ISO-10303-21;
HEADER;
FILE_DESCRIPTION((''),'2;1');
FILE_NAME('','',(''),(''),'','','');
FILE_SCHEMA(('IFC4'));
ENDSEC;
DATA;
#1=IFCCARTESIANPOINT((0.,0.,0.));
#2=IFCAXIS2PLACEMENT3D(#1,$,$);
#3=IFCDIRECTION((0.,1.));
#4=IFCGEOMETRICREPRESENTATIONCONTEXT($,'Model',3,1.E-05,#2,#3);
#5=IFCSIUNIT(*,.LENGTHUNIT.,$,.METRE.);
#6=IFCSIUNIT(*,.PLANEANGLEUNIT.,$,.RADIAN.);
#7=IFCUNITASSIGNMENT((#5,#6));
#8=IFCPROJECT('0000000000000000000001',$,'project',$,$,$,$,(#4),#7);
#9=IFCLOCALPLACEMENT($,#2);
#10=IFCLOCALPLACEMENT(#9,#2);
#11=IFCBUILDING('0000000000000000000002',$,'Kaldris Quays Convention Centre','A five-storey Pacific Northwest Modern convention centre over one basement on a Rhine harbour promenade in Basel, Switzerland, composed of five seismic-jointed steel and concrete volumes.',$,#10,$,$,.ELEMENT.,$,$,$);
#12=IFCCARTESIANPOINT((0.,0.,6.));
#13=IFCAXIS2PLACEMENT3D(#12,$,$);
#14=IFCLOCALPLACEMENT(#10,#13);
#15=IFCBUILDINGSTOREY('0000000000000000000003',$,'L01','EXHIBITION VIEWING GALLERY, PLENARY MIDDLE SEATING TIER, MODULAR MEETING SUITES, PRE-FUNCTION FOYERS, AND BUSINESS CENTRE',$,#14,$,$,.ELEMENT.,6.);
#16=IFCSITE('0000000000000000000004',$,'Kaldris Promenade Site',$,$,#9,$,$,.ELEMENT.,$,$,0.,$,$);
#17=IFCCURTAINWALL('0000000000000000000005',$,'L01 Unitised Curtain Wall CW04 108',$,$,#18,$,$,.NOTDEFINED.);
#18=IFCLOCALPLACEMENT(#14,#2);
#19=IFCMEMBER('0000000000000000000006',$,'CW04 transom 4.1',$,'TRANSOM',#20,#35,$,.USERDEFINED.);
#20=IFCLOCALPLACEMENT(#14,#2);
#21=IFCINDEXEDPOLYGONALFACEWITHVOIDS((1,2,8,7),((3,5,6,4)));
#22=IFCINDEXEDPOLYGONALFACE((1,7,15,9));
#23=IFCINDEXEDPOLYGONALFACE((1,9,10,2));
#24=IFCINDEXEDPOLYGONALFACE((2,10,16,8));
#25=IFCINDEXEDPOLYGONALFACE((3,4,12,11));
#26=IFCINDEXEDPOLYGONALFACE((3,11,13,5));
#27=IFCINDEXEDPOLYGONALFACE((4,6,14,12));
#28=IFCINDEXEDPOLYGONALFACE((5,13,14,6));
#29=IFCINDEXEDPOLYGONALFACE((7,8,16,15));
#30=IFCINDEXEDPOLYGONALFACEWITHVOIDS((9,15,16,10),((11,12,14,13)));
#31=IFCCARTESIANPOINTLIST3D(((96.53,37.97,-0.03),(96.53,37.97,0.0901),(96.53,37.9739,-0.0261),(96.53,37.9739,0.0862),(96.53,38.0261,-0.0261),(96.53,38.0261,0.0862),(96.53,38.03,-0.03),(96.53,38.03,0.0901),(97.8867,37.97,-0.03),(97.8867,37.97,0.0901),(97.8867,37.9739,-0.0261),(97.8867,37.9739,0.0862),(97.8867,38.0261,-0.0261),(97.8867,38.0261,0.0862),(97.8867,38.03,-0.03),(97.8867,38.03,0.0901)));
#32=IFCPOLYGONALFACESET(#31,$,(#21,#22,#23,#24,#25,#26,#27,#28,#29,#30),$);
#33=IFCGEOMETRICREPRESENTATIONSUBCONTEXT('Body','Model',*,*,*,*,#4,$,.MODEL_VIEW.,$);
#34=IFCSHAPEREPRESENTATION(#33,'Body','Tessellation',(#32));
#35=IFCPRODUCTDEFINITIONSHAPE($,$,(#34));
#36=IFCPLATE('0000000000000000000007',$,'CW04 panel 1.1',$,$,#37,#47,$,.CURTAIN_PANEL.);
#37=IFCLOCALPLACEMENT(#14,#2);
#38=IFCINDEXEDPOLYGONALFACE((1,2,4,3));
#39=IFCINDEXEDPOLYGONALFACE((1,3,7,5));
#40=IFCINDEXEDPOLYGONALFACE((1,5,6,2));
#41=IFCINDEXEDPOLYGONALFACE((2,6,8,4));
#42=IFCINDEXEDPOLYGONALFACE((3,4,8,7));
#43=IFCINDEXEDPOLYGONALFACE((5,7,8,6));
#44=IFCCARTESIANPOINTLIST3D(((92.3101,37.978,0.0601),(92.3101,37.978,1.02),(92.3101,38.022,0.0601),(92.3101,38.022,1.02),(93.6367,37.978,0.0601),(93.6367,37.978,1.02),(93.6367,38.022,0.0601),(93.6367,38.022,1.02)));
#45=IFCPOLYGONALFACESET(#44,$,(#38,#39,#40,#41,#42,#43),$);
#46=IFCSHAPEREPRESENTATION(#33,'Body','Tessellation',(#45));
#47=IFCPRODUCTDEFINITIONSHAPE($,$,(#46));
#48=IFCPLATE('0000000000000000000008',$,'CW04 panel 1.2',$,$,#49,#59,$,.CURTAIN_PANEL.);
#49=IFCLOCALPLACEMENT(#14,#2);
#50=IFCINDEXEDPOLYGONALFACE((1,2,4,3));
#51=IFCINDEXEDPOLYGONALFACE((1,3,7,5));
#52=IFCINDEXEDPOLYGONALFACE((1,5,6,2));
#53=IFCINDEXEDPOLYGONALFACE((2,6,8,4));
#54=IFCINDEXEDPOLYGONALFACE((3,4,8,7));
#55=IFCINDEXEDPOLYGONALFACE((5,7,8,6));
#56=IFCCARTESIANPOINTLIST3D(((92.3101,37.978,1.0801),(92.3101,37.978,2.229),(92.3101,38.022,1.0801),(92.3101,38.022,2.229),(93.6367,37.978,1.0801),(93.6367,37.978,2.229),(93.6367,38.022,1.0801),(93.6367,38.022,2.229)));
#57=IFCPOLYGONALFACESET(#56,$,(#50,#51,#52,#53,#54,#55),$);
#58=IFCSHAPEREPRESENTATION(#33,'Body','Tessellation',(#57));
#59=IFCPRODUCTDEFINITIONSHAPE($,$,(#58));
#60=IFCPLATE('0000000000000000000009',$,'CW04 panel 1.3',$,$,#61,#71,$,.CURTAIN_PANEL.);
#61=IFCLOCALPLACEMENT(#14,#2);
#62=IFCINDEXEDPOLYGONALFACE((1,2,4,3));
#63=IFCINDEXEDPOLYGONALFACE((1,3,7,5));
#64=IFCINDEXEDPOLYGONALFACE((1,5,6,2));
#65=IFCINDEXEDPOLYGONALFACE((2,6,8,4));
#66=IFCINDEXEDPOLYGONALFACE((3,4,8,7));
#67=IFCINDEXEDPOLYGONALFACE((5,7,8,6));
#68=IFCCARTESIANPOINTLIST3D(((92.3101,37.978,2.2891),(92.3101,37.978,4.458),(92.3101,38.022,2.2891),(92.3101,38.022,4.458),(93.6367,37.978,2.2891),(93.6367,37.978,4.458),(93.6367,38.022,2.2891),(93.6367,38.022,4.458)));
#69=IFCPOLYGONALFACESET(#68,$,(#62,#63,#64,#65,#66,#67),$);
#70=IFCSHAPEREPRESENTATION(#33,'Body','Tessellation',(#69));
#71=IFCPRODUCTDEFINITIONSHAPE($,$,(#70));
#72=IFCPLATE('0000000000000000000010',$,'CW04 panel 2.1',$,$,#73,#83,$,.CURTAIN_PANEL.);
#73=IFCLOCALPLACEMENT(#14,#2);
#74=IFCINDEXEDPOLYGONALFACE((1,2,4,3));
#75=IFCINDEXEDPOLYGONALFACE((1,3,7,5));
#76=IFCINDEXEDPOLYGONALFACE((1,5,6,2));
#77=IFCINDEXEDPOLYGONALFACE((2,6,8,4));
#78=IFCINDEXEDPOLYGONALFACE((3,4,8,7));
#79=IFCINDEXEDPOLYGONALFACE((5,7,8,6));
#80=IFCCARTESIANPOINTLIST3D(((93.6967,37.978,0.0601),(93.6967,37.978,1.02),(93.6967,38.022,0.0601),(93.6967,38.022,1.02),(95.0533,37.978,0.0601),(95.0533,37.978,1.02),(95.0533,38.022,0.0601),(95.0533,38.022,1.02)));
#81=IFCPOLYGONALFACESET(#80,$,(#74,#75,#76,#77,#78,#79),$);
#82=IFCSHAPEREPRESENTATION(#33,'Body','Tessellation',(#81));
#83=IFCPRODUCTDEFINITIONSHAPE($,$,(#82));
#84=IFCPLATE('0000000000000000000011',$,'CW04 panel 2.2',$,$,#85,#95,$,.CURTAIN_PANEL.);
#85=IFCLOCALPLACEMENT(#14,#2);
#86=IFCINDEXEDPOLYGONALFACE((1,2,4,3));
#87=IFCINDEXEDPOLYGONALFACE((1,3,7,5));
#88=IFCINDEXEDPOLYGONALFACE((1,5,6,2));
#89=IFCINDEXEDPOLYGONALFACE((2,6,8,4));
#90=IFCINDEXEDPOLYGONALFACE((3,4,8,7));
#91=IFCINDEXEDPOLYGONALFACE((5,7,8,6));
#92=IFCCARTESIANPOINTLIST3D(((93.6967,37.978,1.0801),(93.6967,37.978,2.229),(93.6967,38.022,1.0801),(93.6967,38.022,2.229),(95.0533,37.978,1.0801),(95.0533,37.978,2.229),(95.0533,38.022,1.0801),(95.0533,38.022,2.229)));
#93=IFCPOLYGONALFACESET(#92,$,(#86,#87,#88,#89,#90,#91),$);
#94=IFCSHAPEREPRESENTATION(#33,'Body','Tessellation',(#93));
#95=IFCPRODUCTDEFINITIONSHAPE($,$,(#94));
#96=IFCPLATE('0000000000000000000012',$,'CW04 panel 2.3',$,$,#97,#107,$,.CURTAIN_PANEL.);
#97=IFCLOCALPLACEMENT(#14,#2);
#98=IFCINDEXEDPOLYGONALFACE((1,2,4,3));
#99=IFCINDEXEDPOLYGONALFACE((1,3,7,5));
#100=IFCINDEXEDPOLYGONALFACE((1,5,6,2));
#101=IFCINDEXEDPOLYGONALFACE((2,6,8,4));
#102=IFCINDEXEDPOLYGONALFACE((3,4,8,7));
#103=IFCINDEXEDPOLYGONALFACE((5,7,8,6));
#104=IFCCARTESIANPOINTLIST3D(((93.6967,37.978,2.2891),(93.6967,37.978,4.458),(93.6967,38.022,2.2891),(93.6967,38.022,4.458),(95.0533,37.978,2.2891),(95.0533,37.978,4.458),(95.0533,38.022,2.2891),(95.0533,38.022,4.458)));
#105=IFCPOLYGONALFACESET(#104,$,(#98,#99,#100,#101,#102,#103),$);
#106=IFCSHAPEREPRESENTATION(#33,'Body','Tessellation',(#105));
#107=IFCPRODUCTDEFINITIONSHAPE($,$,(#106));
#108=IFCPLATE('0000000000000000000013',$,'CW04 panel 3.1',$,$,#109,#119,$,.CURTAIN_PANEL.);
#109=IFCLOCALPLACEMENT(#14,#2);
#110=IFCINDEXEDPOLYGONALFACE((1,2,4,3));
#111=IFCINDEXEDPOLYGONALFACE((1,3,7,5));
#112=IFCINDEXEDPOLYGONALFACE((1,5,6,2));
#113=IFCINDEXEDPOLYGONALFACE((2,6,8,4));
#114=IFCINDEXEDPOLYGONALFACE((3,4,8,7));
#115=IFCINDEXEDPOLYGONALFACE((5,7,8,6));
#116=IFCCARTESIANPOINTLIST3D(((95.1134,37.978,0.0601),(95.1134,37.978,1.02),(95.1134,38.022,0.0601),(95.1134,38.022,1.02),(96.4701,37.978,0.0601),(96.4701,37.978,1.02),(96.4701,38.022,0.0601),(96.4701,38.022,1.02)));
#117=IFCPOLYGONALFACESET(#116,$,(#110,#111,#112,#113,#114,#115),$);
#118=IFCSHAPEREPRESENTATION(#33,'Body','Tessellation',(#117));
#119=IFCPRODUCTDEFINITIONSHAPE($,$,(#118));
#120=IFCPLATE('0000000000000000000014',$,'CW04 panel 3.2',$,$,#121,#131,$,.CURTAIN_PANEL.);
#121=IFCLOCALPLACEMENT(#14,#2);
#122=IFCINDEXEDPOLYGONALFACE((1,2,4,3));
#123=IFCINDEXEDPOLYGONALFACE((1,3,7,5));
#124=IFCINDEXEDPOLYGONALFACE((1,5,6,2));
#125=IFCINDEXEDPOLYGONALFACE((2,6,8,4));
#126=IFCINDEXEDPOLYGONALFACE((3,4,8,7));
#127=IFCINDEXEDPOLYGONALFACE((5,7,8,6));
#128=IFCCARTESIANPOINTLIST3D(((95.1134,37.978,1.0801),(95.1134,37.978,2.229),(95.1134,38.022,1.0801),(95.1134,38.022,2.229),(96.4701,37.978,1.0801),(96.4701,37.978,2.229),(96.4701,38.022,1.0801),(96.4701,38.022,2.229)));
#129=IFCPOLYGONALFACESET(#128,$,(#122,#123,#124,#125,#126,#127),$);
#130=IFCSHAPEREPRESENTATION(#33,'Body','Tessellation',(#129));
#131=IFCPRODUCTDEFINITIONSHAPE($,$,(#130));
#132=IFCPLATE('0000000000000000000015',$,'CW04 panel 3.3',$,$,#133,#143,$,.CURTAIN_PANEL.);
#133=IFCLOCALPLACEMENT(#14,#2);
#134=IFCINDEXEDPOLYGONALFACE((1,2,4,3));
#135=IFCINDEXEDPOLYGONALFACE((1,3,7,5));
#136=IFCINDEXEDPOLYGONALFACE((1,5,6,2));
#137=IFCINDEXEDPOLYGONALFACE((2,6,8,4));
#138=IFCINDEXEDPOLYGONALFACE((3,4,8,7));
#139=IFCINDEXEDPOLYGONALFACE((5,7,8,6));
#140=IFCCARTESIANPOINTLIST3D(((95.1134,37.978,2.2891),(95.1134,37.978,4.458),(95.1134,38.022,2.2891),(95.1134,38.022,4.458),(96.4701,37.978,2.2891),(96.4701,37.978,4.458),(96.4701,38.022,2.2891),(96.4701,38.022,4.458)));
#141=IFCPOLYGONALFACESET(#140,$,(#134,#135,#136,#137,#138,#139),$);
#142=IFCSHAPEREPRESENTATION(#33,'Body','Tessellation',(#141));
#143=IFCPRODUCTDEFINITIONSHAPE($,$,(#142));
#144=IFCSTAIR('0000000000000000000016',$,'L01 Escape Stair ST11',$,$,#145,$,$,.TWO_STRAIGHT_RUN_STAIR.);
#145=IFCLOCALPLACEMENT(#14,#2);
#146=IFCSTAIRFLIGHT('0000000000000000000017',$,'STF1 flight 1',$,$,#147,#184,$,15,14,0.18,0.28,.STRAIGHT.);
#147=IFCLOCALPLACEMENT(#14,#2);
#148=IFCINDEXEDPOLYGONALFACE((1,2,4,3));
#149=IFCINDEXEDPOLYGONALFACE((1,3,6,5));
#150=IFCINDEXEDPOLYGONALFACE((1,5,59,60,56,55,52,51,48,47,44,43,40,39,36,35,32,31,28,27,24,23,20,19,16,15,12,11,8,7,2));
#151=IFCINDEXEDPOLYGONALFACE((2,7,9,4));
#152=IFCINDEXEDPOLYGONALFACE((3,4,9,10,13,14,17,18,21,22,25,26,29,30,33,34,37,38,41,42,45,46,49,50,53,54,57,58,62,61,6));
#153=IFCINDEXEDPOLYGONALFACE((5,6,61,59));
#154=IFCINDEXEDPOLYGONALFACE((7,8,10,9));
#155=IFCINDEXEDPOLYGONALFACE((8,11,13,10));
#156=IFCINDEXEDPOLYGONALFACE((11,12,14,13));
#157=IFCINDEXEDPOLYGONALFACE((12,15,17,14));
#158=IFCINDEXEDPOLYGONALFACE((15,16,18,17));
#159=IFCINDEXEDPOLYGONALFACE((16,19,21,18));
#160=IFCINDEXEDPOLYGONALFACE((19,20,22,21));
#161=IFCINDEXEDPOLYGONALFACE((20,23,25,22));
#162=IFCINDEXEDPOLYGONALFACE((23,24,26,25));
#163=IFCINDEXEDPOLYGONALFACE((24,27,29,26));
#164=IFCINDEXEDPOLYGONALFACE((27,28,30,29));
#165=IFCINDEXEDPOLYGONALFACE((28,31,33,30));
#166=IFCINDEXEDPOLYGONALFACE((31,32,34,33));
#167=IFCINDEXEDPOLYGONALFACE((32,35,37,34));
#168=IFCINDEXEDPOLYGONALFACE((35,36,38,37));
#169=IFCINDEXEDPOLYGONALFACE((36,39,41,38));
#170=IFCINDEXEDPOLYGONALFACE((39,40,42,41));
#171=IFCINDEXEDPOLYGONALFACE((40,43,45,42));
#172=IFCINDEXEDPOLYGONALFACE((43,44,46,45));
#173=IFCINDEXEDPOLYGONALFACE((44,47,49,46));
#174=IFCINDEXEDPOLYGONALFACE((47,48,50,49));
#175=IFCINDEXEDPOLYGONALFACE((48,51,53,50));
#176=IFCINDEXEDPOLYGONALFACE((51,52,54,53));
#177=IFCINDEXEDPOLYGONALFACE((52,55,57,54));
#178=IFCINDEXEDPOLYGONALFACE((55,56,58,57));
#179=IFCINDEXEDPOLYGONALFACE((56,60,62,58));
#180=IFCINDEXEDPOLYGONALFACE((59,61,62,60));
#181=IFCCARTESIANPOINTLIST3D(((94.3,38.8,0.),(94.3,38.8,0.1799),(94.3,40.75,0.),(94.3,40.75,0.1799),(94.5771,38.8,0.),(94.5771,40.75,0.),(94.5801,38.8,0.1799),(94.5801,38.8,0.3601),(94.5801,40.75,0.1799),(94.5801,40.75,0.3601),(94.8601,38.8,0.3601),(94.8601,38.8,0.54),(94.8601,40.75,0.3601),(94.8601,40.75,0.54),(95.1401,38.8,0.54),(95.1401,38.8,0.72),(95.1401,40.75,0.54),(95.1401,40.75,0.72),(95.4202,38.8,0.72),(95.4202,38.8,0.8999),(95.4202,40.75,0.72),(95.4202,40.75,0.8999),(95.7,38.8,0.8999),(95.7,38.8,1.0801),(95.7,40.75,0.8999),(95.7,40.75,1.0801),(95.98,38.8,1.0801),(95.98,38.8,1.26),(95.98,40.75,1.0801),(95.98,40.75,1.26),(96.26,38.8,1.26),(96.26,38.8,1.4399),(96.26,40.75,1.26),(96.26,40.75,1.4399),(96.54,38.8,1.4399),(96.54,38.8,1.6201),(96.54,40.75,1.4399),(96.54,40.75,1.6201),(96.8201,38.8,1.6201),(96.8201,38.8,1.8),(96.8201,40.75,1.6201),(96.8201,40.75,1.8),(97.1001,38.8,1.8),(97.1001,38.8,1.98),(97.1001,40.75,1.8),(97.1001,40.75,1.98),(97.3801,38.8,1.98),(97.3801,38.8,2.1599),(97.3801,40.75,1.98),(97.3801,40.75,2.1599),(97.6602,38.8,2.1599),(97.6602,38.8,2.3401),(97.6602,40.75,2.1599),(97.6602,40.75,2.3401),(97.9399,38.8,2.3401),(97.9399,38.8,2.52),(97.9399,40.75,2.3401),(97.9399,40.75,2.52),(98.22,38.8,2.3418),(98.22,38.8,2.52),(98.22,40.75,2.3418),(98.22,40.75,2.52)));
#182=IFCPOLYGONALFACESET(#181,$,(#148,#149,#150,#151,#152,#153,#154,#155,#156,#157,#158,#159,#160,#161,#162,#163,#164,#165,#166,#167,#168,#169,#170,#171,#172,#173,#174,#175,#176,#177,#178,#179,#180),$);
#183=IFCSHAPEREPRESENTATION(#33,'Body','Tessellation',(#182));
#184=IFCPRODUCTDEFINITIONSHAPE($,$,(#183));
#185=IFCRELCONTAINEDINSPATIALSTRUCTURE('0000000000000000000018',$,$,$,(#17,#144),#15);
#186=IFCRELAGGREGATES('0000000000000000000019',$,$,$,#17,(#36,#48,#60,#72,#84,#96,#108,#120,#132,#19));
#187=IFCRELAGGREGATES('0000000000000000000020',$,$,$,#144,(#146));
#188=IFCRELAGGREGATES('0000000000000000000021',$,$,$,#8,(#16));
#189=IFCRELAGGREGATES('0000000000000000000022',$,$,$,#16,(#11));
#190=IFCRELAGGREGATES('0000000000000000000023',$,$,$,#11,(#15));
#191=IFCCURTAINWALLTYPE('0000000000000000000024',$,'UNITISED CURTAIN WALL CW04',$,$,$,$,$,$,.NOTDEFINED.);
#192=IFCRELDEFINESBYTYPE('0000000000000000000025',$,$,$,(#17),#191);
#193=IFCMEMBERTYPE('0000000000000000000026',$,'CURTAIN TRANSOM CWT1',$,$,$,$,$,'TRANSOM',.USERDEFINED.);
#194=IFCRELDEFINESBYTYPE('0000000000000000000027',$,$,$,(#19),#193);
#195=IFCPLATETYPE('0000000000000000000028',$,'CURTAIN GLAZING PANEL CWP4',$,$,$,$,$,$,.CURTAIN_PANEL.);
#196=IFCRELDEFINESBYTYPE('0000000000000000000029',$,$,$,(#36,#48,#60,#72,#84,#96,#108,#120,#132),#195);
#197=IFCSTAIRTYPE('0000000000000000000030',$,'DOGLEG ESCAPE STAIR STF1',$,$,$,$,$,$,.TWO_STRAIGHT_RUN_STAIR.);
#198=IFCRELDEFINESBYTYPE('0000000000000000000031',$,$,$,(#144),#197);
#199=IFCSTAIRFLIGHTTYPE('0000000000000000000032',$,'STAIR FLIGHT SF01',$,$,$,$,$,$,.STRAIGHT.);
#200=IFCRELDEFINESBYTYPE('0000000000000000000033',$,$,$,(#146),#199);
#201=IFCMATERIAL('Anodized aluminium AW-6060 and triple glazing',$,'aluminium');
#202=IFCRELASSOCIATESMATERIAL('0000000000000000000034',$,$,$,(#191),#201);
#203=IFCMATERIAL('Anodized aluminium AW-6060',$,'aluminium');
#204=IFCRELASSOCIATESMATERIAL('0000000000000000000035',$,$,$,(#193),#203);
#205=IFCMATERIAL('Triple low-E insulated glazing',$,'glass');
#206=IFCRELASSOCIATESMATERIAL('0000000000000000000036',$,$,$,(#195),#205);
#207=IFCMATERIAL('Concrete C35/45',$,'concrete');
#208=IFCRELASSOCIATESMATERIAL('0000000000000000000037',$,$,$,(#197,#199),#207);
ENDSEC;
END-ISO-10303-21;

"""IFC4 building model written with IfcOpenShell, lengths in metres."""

from ifc_helpers import new_model, si_unit, direction, frame, origin, origin_2d, place, context, subcontext, project, spatial, polyline, rectangle, hollow_rectangle, outline, extrude, material, material_profile, profile_set, type_object, element, aggregate, save


model = new_model("IFC4")

# Units and contexts
model_context = context("Model", 3, precision=1e-05, world=origin(), true_north=direction((0.0, 1.0)))
body_context = subcontext(model_context, "Body", "Model", "MODEL_VIEW")
ifc_project = project(units=[si_unit("LENGTHUNIT", "METRE"), si_unit("PLANEANGLEUNIT", "RADIAN")], contexts=[model_context])

# Site, building, storey
site_placement = place(None, origin())
site = spatial("IfcSite", under=ifc_project, at=site_placement, Name="Kaldris Promenade Site", CompositionType="ELEMENT", RefElevation=0.0)
building_placement = place(site_placement, origin())
building = spatial("IfcBuilding", under=site, at=building_placement, Name="Kaldris Quays Convention Centre", Description="A five-storey Pacific Northwest Modern convention centre over one basement on a Rhine harbour promenade in Basel, Switzerland, composed of five seismic-jointed steel and concrete volumes.", CompositionType="ELEMENT")
storey_placement = place(building_placement, frame((0.0, 0.0, 6.0)))
storey = spatial("IfcBuildingStorey", under=building, at=storey_placement, Name="L01", Description="EXHIBITION VIEWING GALLERY, PLENARY MIDDLE SEATING TIER, MODULAR MEETING SUITES, PRE-FUNCTION FOYERS, AND BUSINESS CENTRE", CompositionType="ELEMENT", Elevation=6.0)

# Curtain wall, member, plates
ifc_material_1 = material(Name="Anodized aluminium AW-6060 and triple glazing", Category="aluminium")
curtain_wall_type = type_object("IfcCurtainWallType", Name="UNITISED CURTAIN WALL CW04", PredefinedType="NOTDEFINED", material=ifc_material_1)
curtain_wall_placement = place(storey_placement, origin())
curtain_wall = element("IfcCurtainWall", 1, at=curtain_wall_placement, inside=storey, type_object=curtain_wall_type, Name="L01 Unitised Curtain Wall CW04 108", PredefinedType="NOTDEFINED")
ifc_material_2 = material(Name="Anodized aluminium AW-6060", Category="aluminium")
ifc_material_profile_1 = material_profile(ifc_material_2, hollow_rectangle(XDim=0.0601, YDim=0.1201, WallThickness=0.0039, at=origin_2d()), Name="RHS 120x60x4")
ifc_profile_set_1 = profile_set([ifc_material_profile_1], Name="Anodized aluminium AW-6060")
member_type_1 = type_object("IfcMemberType", Name="CURTAIN TRANSOM CWT1", ElementType="TRANSOM", PredefinedType="USERDEFINED", material=ifc_profile_set_1)
member_1_placement = place(storey_placement, frame((96.53, 38.0, 0.03), z_axis=(1.0, 0.0, 0.0), x_axis=(0.0, 1.0, 0.0)))
member_1 = element("IfcMember", 2, at=member_1_placement, type_object=member_type_1, Name="CW04 transom 4.1", ObjectType="TRANSOM", PredefinedType="USERDEFINED", context=body_context, shape_type="SweptSolid", body=[
    extrude(hollow_rectangle(XDim=0.0601, YDim=0.1201, WallThickness=0.0039, at=origin_2d()), origin(), (0.0, 0.0, 1.0), 1.3567),
])
ifc_material_3 = material(Name="Triple low-E insulated glazing", Category="glass")
plate_type = type_object("IfcPlateType", Name="CURTAIN GLAZING PANEL CWP4", PredefinedType="CURTAIN_PANEL", material=ifc_material_3)
plate_1_placement = place(storey_placement, frame((92.9734, 38.0, 0.0601), z_axis=(0.0, 0.0, 1.0), x_axis=(1.0, 0.0, 0.0)))
plate_1 = element("IfcPlate", 3, at=plate_1_placement, type_object=plate_type, Name="CW04 panel 1.1", PredefinedType="CURTAIN_PANEL", context=body_context, shape_type="SweptSolid", body=[
    extrude(rectangle(XDim=1.3267, YDim=0.0439, at=origin_2d()), origin(), (0.0, 0.0, 1.0), 0.96),
])
plate_2_placement = place(storey_placement, frame((92.9734, 38.0, 1.0801), z_axis=(0.0, 0.0, 1.0), x_axis=(1.0, 0.0, 0.0)))
plate_2 = element("IfcPlate", 4, at=plate_2_placement, type_object=plate_type, Name="CW04 panel 1.2", PredefinedType="CURTAIN_PANEL", context=body_context, shape_type="SweptSolid", body=[
    extrude(rectangle(XDim=1.3267, YDim=0.0439, at=origin_2d()), origin(), (0.0, 0.0, 1.0), 1.1489),
])
plate_3_placement = place(storey_placement, frame((92.9734, 38.0, 2.2891), z_axis=(0.0, 0.0, 1.0), x_axis=(1.0, 0.0, 0.0)))
plate_3 = element("IfcPlate", 5, at=plate_3_placement, type_object=plate_type, Name="CW04 panel 1.3", PredefinedType="CURTAIN_PANEL", context=body_context, shape_type="SweptSolid", body=[
    extrude(rectangle(XDim=1.3267, YDim=0.0439, at=origin_2d()), origin(), (0.0, 0.0, 1.0), 2.1689),
])
plate_4_placement = place(storey_placement, frame((94.375, 38.0, 0.0601), z_axis=(0.0, 0.0, 1.0), x_axis=(1.0, 0.0, 0.0)))
plate_4 = element("IfcPlate", 6, at=plate_4_placement, type_object=plate_type, Name="CW04 panel 2.1", PredefinedType="CURTAIN_PANEL", context=body_context, shape_type="SweptSolid", body=[
    extrude(rectangle(XDim=1.3567, YDim=0.0439, at=origin_2d()), origin(), (0.0, 0.0, 1.0), 0.96),
])
plate_5_placement = place(storey_placement, frame((94.375, 38.0, 1.0801), z_axis=(0.0, 0.0, 1.0), x_axis=(1.0, 0.0, 0.0)))
plate_5 = element("IfcPlate", 7, at=plate_5_placement, type_object=plate_type, Name="CW04 panel 2.2", PredefinedType="CURTAIN_PANEL", context=body_context, shape_type="SweptSolid", body=[
    extrude(rectangle(XDim=1.3567, YDim=0.0439, at=origin_2d()), origin(), (0.0, 0.0, 1.0), 1.1489),
])
plate_6_placement = place(storey_placement, frame((94.375, 38.0, 2.2891), z_axis=(0.0, 0.0, 1.0), x_axis=(1.0, 0.0, 0.0)))
plate_6 = element("IfcPlate", 8, at=plate_6_placement, type_object=plate_type, Name="CW04 panel 2.3", PredefinedType="CURTAIN_PANEL", context=body_context, shape_type="SweptSolid", body=[
    extrude(rectangle(XDim=1.3567, YDim=0.0439, at=origin_2d()), origin(), (0.0, 0.0, 1.0), 2.1689),
])
plate_7_placement = place(storey_placement, frame((95.7917, 38.0, 0.0601), z_axis=(0.0, 0.0, 1.0), x_axis=(1.0, 0.0, 0.0)))
plate_7 = element("IfcPlate", 9, at=plate_7_placement, type_object=plate_type, Name="CW04 panel 3.1", PredefinedType="CURTAIN_PANEL", context=body_context, shape_type="SweptSolid", body=[
    extrude(rectangle(XDim=1.3567, YDim=0.0439, at=origin_2d()), origin(), (0.0, 0.0, 1.0), 0.96),
])
plate_8_placement = place(storey_placement, frame((95.7917, 38.0, 1.0801), z_axis=(0.0, 0.0, 1.0), x_axis=(1.0, 0.0, 0.0)))
plate_8 = element("IfcPlate", 10, at=plate_8_placement, type_object=plate_type, Name="CW04 panel 3.2", PredefinedType="CURTAIN_PANEL", context=body_context, shape_type="SweptSolid", body=[
    extrude(rectangle(XDim=1.3567, YDim=0.0439, at=origin_2d()), origin(), (0.0, 0.0, 1.0), 1.1489),
])
plate_9_placement = place(storey_placement, frame((95.7917, 38.0, 2.2891), z_axis=(0.0, 0.0, 1.0), x_axis=(1.0, 0.0, 0.0)))
plate_9 = element("IfcPlate", 11, at=plate_9_placement, type_object=plate_type, Name="CW04 panel 3.3", PredefinedType="CURTAIN_PANEL", context=body_context, shape_type="SweptSolid", body=[
    extrude(rectangle(XDim=1.3567, YDim=0.0439, at=origin_2d()), origin(), (0.0, 0.0, 1.0), 2.1689),
])
aggregate(curtain_wall, [plate_1, plate_2, plate_3, plate_4, plate_5, plate_6, plate_7, plate_8, plate_9, member_1])

# Stair, stair flight
ifc_material_4 = material(Name="Concrete C35/45", Category="concrete")
stair_type = type_object("IfcStairType", Name="DOGLEG ESCAPE STAIR STF1", PredefinedType="TWO_STRAIGHT_RUN_STAIR", material=ifc_material_4)
stair_placement = place(storey_placement, origin())
stair = element("IfcStair", 12, at=stair_placement, inside=storey, type_object=stair_type, Name="L01 Escape Stair ST11", PredefinedType="TWO_STRAIGHT_RUN_STAIR")
stair_flight_type = type_object("IfcStairFlightType", Name="STAIR FLIGHT SF01", PredefinedType="STRAIGHT", material=ifc_material_4)
stair_flight_placement = place(storey_placement, frame((94.3, 39.7749, 0.0), z_axis=(0.0, 0.0, 1.0), x_axis=(1.0, 0.0, 0.0)))
stair_flight = element("IfcStairFlight", 13, at=stair_flight_placement, type_object=stair_flight_type, Name="STF1 flight 1", NumberOfRisers=15, NumberOfTreads=14, PredefinedType="STRAIGHT", RiserHeight=0.18, TreadLength=0.28, context=body_context, shape_type="SweptSolid", body=[
    extrude(outline(polyline([(0.0, 0.0), (0.0, 0.1799), (0.28, 0.1799), (0.28, 0.3601), (0.5601, 0.3601), (0.5601, 0.54), (0.8401, 0.54), (0.8401, 0.72), (1.1201, 0.72), (1.1201, 0.8999), (1.3999, 0.8999), (1.3999, 1.0801), (1.6799, 1.0801), (1.6799, 1.26), (1.96, 1.26), (1.96, 1.4399), (2.24, 1.4399), (2.24, 1.6201), (2.52, 1.6201), (2.52, 1.8), (2.8, 1.8), (2.8, 1.98), (3.0801, 1.98), (3.0801, 2.1599), (3.3601, 2.1599), (3.3601, 2.3401), (3.6399, 2.3401), (3.6399, 2.52), (3.9199, 2.52), (3.9199, 2.7), (3.9199, 2.3418), (0.2771, 0.0), (0.0, 0.0)])), frame((0.0, 0.9751, 0.0), z_axis=(0.0, -1.0, 0.0), x_axis=(1.0, 0.0, 0.0)), (0.0, 0.0, 1.0), 1.95),
])
aggregate(stair, [stair_flight])

save(model, "model.ifc")
